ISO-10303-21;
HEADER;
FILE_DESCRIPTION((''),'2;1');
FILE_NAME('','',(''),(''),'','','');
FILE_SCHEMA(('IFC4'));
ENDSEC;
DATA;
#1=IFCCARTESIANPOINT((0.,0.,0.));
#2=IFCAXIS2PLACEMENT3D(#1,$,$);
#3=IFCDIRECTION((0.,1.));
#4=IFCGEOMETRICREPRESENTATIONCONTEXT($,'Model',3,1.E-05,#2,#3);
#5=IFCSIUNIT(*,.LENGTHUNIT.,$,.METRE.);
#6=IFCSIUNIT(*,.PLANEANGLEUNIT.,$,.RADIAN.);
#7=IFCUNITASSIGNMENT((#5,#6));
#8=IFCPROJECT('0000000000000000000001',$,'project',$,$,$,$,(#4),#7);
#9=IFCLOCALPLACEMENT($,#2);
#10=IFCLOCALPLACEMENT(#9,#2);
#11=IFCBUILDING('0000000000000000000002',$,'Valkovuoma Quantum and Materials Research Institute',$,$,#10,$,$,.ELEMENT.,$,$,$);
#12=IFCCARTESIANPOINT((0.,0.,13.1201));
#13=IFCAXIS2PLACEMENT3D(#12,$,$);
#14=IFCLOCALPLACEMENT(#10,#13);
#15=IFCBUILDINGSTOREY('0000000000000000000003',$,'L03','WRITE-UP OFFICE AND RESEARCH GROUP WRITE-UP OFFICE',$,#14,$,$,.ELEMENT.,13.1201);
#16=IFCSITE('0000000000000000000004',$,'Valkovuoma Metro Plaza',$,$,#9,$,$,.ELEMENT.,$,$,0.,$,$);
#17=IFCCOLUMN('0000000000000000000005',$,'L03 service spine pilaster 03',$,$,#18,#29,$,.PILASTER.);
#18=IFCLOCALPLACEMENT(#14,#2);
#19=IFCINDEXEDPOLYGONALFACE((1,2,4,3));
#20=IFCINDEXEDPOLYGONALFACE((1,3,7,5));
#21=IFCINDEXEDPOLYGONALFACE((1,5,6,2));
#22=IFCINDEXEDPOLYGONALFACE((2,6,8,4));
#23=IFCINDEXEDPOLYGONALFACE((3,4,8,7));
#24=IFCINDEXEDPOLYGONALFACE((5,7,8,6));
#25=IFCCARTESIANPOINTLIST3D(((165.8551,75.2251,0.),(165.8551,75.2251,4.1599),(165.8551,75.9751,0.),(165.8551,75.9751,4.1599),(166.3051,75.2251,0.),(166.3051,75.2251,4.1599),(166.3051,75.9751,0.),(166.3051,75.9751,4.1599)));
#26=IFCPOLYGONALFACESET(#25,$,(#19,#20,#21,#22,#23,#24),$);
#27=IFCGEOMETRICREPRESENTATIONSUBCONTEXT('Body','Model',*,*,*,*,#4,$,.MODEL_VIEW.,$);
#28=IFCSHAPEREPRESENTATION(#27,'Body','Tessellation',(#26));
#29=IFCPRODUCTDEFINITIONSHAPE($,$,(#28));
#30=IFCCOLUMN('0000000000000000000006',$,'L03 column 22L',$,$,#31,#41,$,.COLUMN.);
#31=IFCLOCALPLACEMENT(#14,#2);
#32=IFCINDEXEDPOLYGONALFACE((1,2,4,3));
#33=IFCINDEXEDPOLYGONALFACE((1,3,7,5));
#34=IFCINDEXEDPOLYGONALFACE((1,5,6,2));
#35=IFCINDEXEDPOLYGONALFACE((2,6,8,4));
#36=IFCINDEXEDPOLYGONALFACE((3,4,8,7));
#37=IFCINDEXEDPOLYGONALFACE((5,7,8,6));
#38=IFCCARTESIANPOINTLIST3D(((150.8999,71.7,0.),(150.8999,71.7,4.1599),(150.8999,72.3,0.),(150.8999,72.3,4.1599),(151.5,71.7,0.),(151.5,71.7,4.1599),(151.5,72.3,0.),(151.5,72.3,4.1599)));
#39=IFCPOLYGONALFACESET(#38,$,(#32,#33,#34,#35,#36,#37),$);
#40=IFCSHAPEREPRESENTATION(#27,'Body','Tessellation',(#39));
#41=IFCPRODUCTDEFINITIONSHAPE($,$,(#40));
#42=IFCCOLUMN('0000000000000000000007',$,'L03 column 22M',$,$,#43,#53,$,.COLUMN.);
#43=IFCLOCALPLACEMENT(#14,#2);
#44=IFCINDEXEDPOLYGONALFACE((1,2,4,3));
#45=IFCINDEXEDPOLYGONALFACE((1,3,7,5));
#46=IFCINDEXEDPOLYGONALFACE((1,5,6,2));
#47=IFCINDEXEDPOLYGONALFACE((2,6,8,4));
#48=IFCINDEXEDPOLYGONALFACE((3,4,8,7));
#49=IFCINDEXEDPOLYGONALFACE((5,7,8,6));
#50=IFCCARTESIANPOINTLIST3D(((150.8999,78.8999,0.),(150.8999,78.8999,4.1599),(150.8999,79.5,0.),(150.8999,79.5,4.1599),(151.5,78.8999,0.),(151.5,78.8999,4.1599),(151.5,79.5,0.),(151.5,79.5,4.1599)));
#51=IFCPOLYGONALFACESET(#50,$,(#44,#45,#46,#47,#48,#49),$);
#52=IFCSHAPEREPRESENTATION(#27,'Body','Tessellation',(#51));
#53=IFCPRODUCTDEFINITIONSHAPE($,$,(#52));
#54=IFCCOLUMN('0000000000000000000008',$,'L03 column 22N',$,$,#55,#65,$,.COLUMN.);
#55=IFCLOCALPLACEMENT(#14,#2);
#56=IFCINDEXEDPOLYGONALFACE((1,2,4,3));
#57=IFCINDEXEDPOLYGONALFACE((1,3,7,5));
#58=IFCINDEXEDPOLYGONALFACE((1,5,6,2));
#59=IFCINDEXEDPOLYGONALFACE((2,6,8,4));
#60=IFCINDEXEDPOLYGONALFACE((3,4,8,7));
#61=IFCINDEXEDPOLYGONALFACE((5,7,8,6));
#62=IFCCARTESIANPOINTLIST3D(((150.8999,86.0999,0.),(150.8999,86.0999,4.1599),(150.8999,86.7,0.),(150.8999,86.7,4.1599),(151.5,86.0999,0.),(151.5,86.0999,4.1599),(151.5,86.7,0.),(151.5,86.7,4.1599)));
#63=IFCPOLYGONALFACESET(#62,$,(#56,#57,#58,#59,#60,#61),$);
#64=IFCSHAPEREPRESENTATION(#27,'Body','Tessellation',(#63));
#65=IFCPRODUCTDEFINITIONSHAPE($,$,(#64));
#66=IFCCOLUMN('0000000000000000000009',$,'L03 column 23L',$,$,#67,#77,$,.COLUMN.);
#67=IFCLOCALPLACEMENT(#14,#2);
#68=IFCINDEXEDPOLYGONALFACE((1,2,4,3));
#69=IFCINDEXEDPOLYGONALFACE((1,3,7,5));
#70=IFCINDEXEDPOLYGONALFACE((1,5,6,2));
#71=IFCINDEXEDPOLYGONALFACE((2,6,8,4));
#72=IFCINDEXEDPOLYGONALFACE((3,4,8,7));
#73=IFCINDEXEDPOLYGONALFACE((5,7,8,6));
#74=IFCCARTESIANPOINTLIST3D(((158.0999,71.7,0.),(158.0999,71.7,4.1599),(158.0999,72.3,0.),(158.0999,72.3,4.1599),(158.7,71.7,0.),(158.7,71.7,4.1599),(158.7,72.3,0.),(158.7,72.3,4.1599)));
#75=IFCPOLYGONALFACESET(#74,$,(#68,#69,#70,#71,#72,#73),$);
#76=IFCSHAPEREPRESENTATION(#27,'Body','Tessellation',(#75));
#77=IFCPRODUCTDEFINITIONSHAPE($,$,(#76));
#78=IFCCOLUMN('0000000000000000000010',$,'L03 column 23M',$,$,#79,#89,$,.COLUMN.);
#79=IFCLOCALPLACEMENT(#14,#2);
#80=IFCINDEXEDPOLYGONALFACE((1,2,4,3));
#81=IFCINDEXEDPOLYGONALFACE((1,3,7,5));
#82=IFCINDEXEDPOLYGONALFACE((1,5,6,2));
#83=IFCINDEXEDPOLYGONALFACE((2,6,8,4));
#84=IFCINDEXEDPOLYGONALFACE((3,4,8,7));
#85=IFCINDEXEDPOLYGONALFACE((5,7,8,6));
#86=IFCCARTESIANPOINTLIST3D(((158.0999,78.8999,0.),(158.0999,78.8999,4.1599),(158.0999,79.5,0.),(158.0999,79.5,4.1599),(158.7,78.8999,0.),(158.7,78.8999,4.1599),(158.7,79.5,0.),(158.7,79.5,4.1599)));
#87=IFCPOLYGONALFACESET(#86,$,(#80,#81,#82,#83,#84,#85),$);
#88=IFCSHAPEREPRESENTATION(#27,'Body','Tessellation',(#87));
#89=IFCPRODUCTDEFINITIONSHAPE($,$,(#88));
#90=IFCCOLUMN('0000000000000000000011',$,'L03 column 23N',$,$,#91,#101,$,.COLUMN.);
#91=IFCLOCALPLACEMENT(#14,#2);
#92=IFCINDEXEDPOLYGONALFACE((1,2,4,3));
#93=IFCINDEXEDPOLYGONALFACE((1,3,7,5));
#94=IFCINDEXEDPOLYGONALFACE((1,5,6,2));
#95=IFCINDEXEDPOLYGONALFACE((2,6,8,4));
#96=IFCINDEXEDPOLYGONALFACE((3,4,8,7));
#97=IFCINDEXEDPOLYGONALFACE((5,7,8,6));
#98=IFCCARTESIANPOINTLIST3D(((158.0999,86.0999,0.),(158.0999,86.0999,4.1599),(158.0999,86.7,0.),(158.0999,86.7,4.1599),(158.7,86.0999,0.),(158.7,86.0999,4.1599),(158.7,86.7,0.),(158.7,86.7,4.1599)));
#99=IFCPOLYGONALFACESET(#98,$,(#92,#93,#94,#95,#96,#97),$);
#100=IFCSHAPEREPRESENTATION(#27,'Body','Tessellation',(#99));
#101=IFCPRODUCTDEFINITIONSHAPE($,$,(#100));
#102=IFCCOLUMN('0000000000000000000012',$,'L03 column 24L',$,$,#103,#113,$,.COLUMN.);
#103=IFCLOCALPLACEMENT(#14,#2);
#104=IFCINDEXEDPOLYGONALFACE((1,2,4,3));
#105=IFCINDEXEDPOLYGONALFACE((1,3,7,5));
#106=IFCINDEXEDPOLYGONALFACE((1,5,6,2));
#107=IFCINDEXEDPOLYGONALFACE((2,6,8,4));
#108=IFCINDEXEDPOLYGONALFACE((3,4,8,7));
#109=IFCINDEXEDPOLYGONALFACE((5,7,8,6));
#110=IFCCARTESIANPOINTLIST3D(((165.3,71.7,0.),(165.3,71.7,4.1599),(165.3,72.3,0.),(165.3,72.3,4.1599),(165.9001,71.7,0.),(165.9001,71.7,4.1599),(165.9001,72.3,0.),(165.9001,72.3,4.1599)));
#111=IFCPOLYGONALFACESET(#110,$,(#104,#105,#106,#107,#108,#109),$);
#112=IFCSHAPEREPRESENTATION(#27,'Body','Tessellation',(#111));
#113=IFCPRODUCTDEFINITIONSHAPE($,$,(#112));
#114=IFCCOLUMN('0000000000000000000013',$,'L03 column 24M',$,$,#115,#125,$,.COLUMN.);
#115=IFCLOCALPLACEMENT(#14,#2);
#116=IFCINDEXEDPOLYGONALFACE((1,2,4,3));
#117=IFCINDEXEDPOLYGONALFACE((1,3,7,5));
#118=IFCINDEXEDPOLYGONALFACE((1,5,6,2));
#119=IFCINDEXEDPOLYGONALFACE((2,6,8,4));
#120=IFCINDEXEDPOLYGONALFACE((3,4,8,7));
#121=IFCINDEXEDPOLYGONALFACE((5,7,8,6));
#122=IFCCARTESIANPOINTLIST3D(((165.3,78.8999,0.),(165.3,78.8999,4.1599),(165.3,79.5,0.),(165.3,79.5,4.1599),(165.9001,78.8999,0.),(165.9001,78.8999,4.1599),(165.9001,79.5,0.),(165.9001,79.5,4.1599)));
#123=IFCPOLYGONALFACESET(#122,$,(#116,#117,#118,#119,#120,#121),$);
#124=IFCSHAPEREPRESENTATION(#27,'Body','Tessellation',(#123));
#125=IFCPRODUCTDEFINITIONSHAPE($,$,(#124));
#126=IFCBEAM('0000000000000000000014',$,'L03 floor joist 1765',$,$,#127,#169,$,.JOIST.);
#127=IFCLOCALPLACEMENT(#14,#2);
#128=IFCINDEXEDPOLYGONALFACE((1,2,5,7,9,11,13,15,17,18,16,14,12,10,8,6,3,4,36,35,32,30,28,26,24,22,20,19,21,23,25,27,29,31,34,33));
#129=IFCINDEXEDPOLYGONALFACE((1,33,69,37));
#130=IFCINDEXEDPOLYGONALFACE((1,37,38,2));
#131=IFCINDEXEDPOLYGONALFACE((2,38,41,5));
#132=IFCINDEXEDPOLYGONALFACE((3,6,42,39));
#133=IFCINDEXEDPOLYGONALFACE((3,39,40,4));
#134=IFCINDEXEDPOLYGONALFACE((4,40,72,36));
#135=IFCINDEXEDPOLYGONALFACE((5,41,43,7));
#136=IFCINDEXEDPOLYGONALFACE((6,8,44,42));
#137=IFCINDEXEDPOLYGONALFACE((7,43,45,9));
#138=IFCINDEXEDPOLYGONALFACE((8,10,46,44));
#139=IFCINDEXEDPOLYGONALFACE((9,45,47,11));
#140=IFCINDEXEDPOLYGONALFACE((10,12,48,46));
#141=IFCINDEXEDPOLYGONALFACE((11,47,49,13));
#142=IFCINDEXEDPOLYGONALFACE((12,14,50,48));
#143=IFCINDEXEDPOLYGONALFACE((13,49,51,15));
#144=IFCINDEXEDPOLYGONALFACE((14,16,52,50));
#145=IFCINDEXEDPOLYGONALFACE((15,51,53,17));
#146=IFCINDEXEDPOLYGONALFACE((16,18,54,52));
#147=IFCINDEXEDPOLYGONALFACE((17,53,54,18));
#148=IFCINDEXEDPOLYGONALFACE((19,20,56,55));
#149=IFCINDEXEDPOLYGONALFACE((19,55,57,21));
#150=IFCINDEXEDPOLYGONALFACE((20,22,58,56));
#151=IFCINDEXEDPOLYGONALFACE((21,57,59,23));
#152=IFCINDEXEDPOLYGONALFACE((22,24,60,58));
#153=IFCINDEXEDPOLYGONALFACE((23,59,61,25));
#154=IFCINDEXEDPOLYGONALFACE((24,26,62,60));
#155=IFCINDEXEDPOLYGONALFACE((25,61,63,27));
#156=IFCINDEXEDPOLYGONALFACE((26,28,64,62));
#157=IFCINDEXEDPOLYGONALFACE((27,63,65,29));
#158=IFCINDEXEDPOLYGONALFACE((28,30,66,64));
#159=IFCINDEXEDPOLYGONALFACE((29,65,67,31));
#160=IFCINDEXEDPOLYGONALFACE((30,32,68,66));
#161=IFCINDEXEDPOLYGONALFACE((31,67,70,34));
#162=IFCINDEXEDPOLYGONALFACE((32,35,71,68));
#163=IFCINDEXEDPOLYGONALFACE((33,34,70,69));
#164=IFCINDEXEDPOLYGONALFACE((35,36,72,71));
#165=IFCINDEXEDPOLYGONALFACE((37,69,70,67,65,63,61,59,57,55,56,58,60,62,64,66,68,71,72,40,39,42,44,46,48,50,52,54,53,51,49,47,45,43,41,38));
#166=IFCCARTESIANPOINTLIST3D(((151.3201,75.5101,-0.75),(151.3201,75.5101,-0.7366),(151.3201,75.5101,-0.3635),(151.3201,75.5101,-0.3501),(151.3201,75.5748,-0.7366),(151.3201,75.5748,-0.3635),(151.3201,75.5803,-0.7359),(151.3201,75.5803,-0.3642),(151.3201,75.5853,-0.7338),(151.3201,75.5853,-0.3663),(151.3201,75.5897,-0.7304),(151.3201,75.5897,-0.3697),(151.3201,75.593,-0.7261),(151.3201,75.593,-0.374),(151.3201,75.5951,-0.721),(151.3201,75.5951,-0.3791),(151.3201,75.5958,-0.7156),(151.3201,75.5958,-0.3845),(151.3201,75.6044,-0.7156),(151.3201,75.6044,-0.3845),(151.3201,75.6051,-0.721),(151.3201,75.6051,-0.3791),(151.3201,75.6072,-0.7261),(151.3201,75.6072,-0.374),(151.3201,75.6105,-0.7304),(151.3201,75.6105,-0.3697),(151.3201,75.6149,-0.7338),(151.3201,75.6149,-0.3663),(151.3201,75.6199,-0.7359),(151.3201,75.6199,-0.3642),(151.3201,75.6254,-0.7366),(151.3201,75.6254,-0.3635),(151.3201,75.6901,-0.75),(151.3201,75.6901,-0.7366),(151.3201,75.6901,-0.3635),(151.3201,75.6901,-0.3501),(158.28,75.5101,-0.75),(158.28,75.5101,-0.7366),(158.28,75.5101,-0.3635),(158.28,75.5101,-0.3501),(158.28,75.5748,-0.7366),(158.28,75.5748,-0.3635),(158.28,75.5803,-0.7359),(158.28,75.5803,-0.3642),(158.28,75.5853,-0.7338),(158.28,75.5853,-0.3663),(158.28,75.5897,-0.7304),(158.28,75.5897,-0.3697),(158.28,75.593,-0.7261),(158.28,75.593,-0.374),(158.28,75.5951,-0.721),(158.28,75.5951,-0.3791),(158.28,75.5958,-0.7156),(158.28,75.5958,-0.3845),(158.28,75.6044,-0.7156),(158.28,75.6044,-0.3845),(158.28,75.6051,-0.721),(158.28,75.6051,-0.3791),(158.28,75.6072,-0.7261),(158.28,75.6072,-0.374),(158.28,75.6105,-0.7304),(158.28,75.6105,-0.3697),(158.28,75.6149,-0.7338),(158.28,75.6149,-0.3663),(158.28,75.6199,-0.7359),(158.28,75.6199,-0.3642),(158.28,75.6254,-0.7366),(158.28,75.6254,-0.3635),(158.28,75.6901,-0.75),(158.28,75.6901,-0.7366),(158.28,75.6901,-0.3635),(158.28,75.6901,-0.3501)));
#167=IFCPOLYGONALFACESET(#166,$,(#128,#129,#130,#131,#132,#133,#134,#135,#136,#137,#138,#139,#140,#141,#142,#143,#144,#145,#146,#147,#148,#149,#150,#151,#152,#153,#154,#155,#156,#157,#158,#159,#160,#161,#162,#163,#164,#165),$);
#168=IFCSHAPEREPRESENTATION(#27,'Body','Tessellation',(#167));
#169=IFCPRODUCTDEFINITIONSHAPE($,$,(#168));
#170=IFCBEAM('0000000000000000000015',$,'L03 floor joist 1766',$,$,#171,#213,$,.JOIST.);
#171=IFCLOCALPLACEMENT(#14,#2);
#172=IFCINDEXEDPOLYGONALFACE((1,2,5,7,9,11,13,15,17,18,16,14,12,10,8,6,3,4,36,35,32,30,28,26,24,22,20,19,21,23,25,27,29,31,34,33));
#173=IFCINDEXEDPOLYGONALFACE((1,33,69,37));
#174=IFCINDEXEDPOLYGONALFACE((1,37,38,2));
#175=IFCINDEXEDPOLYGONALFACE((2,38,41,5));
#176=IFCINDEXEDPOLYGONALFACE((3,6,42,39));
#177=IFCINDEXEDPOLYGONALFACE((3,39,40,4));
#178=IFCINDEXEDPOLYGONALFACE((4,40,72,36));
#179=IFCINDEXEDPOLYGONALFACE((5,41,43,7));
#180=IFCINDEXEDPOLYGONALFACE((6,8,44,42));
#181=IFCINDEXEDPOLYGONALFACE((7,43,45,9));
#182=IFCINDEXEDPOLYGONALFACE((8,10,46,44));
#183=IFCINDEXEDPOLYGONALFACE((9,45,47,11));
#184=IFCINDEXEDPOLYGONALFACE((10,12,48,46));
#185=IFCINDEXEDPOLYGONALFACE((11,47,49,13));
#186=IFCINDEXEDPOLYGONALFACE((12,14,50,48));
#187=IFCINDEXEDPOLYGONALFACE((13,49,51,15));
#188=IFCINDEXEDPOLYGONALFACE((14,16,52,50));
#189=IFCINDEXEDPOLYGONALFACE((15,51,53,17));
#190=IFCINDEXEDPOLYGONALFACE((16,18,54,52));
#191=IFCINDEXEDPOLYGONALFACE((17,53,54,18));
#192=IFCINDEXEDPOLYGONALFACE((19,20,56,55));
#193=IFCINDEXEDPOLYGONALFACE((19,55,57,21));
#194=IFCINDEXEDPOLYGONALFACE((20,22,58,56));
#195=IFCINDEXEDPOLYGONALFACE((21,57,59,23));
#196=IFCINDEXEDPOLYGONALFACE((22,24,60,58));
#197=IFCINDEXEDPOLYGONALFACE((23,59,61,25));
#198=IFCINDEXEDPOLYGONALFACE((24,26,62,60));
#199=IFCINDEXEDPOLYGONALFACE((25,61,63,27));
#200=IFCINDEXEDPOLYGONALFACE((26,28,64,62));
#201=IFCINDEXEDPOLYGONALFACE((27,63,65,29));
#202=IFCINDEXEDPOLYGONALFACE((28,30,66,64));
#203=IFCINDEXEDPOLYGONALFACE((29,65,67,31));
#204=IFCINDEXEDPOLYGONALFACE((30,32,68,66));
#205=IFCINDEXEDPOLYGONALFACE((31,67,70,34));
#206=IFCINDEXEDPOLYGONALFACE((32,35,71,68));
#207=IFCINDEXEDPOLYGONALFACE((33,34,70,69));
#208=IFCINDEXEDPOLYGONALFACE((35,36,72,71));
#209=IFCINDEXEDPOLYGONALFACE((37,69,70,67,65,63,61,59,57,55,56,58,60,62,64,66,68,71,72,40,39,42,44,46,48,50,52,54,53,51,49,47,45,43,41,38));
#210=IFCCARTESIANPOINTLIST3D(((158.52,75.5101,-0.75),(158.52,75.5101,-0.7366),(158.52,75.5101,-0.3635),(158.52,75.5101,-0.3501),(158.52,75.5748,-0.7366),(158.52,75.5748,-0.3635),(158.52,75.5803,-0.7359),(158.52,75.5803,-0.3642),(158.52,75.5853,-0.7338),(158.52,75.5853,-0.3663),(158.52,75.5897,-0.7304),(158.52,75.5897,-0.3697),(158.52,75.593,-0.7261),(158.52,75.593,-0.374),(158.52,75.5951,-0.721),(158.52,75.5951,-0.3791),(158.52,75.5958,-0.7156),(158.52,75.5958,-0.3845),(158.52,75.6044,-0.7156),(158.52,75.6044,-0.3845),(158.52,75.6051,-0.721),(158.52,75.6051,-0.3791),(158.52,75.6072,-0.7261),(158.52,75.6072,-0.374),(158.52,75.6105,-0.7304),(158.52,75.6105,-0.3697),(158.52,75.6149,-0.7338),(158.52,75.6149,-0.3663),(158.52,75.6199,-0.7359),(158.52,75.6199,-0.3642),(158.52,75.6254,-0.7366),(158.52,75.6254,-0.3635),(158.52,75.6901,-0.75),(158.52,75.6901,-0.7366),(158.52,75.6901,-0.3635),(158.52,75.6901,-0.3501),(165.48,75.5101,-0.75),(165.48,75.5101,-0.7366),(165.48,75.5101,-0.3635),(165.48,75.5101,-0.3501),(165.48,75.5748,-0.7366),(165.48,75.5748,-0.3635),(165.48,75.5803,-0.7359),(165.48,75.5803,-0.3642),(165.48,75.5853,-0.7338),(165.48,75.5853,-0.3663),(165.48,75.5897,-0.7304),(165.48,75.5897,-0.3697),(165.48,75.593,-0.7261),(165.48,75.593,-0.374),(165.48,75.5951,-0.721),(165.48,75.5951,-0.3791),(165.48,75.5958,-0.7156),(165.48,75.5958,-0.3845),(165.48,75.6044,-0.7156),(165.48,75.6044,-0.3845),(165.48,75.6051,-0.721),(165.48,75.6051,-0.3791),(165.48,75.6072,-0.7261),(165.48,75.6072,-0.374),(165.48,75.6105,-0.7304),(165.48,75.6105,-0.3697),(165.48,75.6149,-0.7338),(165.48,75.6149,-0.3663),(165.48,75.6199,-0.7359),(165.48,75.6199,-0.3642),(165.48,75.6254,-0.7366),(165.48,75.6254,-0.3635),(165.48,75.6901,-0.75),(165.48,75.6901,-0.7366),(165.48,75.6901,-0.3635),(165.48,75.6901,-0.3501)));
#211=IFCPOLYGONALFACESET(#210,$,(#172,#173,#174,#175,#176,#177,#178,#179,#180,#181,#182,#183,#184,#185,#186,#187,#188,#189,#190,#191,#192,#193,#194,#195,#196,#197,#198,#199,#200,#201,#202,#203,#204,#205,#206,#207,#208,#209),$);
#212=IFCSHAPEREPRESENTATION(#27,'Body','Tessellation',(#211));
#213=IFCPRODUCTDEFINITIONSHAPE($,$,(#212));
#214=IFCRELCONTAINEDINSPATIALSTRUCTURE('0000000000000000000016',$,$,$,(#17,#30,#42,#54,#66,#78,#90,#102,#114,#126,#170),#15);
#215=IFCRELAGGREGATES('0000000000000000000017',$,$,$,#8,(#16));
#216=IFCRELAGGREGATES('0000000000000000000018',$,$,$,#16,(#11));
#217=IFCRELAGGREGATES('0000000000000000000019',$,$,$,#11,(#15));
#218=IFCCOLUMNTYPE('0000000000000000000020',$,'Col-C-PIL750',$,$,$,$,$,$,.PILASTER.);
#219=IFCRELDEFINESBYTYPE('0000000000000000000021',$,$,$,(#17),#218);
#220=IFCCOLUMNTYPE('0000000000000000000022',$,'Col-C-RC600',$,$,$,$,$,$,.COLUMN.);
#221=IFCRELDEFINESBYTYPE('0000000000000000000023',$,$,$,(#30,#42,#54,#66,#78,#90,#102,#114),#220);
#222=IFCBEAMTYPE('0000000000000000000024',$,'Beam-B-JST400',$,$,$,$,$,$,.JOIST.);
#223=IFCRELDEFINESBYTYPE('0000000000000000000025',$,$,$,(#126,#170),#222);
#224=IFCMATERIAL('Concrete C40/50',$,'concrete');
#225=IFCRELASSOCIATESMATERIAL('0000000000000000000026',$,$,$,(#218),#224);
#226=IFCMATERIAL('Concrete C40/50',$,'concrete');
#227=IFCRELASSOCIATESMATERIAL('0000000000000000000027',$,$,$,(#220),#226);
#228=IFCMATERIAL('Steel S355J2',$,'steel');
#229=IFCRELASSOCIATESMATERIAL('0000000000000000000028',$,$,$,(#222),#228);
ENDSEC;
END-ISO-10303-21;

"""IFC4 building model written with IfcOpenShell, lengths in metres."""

from ifc_helpers import new_model, si_unit, direction, frame, origin, origin_2d, place, context, subcontext, project, spatial, rectangle, i_section, extrude, material, material_profile, profile_set, type_object, element, save


model = new_model("IFC4")

# Units and contexts
model_context = context("Model", 3, precision=1e-05, world=origin(), true_north=direction((0.0, 1.0)))
body_context = subcontext(model_context, "Body", "Model", "MODEL_VIEW")
ifc_project = project(units=[si_unit("LENGTHUNIT", "METRE"), si_unit("PLANEANGLEUNIT", "RADIAN")], contexts=[model_context])

# Site, building, storey
site_placement = place(None, origin())
site = spatial("IfcSite", under=ifc_project, at=site_placement, Name="Valkovuoma Metro Plaza", CompositionType="ELEMENT", RefElevation=0.0)
building_placement = place(site_placement, origin())
building = spatial("IfcBuilding", under=site, at=building_placement, Name="Valkovuoma Quantum and Materials Research Institute", CompositionType="ELEMENT")
storey_placement = place(building_placement, frame((0.0, 0.0, 13.1201)))
storey = spatial("IfcBuildingStorey", under=building, at=storey_placement, Name="L03", Description="WRITE-UP OFFICE AND RESEARCH GROUP WRITE-UP OFFICE", CompositionType="ELEMENT", Elevation=13.1201)

# Columns
ifc_material_1 = material(Name="Concrete C40/50", Category="concrete")
ifc_material_profile_1 = material_profile(ifc_material_1, rectangle(XDim=0.45, YDim=0.75, at=origin_2d()), Name="Concrete C40/50")
ifc_profile_set_1 = profile_set([ifc_material_profile_1], Name="Concrete C40/50")
column_type_1 = type_object("IfcColumnType", Name="Col-C-PIL750", PredefinedType="PILASTER", material=ifc_profile_set_1)
column_placement = place(storey_placement, frame((166.0801, 75.6001, 0.0), z_axis=(0.0, 0.0, 1.0), x_axis=(1.0, 0.0, 0.0)))
element("IfcColumn", 1, at=column_placement, inside=storey, type_object=column_type_1, Name="L03 service spine pilaster 03", PredefinedType="PILASTER", context=body_context, shape_type="SweptSolid", body=[
    extrude(rectangle(XDim=0.45, YDim=0.75, at=origin_2d()), origin(), (0.0, 0.0, 1.0), 4.1599),
])
ifc_material_2 = material(Name="Concrete C40/50", Category="concrete")
ifc_material_profile_2 = material_profile(ifc_material_2, rectangle(XDim=0.6001, YDim=0.6001, at=origin_2d()), Name="Concrete C40/50")
ifc_profile_set_2 = profile_set([ifc_material_profile_2], Name="Concrete C40/50")
column_type_2 = type_object("IfcColumnType", Name="Col-C-RC600", PredefinedType="COLUMN", material=ifc_profile_set_2)
for number, where, z_axis, x_axis, name in (
    (2, (151.2, 72.0, 0.0), (0.0, 0.0, 1.0), (1.0, 0.0, 0.0), "L03 column 22L"),
    (3, (151.2, 79.2, 0.0), (0.0, 0.0, 1.0), (1.0, 0.0, 0.0), "L03 column 22M"),
    (4, (151.2, 86.3999, 0.0), (0.0, 0.0, 1.0), (1.0, 0.0, 0.0), "L03 column 22N"),
    (5, (158.3999, 72.0, 0.0), (0.0, 0.0, 1.0), (1.0, 0.0, 0.0), "L03 column 23L"),
    (6, (158.3999, 79.2, 0.0), (0.0, 0.0, 1.0), (1.0, 0.0, 0.0), "L03 column 23M"),
    (7, (158.3999, 86.3999, 0.0), (0.0, 0.0, 1.0), (1.0, 0.0, 0.0), "L03 column 23N"),
    (8, (165.6001, 72.0, 0.0), (0.0, 0.0, 1.0), (1.0, 0.0, 0.0), "L03 column 24L"),
    (9, (165.6001, 79.2, 0.0), (0.0, 0.0, 1.0), (1.0, 0.0, 0.0), "L03 column 24M"),
):
    element("IfcColumn", number, at=place(storey_placement, frame(where, z_axis=z_axis, x_axis=x_axis)), inside=storey, type_object=column_type_2, Name=name, PredefinedType="COLUMN", context=body_context, shape_type="SweptSolid", body=[
        extrude(rectangle(XDim=0.6001, YDim=0.6001, at=origin_2d()), origin(), (0.0, 0.0, 1.0), 4.1599),
    ])

# Beams
ifc_material_3 = material(Name="Steel S355J2", Category="steel")
ifc_material_profile_3 = material_profile(ifc_material_3, i_section(OverallWidth=0.1799, OverallDepth=0.3999, WebThickness=0.0085, FlangeThickness=0.0134, FilletRadius=0.021, at=origin_2d()), Name="Steel S355J2")
ifc_profile_set_3 = profile_set([ifc_material_profile_3], Name="Steel S355J2")
beam_type_1 = type_object("IfcBeamType", Name="Beam-B-JST400", PredefinedType="JOIST", material=ifc_profile_set_3)
for number, where, z_axis, x_axis, name in (
    (10, (151.3201, 75.6001, -0.55), (1.0, 0.0, 0.0), (0.0, 1.0, 0.0), "L03 floor joist 1765"),
    (11, (158.52, 75.6001, -0.55), (1.0, 0.0, 0.0), (0.0, 1.0, 0.0), "L03 floor joist 1766"),
):
    element("IfcBeam", number, at=place(storey_placement, frame(where, z_axis=z_axis, x_axis=x_axis)), inside=storey, type_object=beam_type_1, Name=name, PredefinedType="JOIST", context=body_context, shape_type="SweptSolid", body=[
        extrude(i_section(OverallWidth=0.1799, OverallDepth=0.3999, WebThickness=0.0085, FlangeThickness=0.0134, FilletRadius=0.021, at=origin_2d()), origin(), (0.0, 0.0, 1.0), 6.96),
    ])

save(model, "model.ifc")
